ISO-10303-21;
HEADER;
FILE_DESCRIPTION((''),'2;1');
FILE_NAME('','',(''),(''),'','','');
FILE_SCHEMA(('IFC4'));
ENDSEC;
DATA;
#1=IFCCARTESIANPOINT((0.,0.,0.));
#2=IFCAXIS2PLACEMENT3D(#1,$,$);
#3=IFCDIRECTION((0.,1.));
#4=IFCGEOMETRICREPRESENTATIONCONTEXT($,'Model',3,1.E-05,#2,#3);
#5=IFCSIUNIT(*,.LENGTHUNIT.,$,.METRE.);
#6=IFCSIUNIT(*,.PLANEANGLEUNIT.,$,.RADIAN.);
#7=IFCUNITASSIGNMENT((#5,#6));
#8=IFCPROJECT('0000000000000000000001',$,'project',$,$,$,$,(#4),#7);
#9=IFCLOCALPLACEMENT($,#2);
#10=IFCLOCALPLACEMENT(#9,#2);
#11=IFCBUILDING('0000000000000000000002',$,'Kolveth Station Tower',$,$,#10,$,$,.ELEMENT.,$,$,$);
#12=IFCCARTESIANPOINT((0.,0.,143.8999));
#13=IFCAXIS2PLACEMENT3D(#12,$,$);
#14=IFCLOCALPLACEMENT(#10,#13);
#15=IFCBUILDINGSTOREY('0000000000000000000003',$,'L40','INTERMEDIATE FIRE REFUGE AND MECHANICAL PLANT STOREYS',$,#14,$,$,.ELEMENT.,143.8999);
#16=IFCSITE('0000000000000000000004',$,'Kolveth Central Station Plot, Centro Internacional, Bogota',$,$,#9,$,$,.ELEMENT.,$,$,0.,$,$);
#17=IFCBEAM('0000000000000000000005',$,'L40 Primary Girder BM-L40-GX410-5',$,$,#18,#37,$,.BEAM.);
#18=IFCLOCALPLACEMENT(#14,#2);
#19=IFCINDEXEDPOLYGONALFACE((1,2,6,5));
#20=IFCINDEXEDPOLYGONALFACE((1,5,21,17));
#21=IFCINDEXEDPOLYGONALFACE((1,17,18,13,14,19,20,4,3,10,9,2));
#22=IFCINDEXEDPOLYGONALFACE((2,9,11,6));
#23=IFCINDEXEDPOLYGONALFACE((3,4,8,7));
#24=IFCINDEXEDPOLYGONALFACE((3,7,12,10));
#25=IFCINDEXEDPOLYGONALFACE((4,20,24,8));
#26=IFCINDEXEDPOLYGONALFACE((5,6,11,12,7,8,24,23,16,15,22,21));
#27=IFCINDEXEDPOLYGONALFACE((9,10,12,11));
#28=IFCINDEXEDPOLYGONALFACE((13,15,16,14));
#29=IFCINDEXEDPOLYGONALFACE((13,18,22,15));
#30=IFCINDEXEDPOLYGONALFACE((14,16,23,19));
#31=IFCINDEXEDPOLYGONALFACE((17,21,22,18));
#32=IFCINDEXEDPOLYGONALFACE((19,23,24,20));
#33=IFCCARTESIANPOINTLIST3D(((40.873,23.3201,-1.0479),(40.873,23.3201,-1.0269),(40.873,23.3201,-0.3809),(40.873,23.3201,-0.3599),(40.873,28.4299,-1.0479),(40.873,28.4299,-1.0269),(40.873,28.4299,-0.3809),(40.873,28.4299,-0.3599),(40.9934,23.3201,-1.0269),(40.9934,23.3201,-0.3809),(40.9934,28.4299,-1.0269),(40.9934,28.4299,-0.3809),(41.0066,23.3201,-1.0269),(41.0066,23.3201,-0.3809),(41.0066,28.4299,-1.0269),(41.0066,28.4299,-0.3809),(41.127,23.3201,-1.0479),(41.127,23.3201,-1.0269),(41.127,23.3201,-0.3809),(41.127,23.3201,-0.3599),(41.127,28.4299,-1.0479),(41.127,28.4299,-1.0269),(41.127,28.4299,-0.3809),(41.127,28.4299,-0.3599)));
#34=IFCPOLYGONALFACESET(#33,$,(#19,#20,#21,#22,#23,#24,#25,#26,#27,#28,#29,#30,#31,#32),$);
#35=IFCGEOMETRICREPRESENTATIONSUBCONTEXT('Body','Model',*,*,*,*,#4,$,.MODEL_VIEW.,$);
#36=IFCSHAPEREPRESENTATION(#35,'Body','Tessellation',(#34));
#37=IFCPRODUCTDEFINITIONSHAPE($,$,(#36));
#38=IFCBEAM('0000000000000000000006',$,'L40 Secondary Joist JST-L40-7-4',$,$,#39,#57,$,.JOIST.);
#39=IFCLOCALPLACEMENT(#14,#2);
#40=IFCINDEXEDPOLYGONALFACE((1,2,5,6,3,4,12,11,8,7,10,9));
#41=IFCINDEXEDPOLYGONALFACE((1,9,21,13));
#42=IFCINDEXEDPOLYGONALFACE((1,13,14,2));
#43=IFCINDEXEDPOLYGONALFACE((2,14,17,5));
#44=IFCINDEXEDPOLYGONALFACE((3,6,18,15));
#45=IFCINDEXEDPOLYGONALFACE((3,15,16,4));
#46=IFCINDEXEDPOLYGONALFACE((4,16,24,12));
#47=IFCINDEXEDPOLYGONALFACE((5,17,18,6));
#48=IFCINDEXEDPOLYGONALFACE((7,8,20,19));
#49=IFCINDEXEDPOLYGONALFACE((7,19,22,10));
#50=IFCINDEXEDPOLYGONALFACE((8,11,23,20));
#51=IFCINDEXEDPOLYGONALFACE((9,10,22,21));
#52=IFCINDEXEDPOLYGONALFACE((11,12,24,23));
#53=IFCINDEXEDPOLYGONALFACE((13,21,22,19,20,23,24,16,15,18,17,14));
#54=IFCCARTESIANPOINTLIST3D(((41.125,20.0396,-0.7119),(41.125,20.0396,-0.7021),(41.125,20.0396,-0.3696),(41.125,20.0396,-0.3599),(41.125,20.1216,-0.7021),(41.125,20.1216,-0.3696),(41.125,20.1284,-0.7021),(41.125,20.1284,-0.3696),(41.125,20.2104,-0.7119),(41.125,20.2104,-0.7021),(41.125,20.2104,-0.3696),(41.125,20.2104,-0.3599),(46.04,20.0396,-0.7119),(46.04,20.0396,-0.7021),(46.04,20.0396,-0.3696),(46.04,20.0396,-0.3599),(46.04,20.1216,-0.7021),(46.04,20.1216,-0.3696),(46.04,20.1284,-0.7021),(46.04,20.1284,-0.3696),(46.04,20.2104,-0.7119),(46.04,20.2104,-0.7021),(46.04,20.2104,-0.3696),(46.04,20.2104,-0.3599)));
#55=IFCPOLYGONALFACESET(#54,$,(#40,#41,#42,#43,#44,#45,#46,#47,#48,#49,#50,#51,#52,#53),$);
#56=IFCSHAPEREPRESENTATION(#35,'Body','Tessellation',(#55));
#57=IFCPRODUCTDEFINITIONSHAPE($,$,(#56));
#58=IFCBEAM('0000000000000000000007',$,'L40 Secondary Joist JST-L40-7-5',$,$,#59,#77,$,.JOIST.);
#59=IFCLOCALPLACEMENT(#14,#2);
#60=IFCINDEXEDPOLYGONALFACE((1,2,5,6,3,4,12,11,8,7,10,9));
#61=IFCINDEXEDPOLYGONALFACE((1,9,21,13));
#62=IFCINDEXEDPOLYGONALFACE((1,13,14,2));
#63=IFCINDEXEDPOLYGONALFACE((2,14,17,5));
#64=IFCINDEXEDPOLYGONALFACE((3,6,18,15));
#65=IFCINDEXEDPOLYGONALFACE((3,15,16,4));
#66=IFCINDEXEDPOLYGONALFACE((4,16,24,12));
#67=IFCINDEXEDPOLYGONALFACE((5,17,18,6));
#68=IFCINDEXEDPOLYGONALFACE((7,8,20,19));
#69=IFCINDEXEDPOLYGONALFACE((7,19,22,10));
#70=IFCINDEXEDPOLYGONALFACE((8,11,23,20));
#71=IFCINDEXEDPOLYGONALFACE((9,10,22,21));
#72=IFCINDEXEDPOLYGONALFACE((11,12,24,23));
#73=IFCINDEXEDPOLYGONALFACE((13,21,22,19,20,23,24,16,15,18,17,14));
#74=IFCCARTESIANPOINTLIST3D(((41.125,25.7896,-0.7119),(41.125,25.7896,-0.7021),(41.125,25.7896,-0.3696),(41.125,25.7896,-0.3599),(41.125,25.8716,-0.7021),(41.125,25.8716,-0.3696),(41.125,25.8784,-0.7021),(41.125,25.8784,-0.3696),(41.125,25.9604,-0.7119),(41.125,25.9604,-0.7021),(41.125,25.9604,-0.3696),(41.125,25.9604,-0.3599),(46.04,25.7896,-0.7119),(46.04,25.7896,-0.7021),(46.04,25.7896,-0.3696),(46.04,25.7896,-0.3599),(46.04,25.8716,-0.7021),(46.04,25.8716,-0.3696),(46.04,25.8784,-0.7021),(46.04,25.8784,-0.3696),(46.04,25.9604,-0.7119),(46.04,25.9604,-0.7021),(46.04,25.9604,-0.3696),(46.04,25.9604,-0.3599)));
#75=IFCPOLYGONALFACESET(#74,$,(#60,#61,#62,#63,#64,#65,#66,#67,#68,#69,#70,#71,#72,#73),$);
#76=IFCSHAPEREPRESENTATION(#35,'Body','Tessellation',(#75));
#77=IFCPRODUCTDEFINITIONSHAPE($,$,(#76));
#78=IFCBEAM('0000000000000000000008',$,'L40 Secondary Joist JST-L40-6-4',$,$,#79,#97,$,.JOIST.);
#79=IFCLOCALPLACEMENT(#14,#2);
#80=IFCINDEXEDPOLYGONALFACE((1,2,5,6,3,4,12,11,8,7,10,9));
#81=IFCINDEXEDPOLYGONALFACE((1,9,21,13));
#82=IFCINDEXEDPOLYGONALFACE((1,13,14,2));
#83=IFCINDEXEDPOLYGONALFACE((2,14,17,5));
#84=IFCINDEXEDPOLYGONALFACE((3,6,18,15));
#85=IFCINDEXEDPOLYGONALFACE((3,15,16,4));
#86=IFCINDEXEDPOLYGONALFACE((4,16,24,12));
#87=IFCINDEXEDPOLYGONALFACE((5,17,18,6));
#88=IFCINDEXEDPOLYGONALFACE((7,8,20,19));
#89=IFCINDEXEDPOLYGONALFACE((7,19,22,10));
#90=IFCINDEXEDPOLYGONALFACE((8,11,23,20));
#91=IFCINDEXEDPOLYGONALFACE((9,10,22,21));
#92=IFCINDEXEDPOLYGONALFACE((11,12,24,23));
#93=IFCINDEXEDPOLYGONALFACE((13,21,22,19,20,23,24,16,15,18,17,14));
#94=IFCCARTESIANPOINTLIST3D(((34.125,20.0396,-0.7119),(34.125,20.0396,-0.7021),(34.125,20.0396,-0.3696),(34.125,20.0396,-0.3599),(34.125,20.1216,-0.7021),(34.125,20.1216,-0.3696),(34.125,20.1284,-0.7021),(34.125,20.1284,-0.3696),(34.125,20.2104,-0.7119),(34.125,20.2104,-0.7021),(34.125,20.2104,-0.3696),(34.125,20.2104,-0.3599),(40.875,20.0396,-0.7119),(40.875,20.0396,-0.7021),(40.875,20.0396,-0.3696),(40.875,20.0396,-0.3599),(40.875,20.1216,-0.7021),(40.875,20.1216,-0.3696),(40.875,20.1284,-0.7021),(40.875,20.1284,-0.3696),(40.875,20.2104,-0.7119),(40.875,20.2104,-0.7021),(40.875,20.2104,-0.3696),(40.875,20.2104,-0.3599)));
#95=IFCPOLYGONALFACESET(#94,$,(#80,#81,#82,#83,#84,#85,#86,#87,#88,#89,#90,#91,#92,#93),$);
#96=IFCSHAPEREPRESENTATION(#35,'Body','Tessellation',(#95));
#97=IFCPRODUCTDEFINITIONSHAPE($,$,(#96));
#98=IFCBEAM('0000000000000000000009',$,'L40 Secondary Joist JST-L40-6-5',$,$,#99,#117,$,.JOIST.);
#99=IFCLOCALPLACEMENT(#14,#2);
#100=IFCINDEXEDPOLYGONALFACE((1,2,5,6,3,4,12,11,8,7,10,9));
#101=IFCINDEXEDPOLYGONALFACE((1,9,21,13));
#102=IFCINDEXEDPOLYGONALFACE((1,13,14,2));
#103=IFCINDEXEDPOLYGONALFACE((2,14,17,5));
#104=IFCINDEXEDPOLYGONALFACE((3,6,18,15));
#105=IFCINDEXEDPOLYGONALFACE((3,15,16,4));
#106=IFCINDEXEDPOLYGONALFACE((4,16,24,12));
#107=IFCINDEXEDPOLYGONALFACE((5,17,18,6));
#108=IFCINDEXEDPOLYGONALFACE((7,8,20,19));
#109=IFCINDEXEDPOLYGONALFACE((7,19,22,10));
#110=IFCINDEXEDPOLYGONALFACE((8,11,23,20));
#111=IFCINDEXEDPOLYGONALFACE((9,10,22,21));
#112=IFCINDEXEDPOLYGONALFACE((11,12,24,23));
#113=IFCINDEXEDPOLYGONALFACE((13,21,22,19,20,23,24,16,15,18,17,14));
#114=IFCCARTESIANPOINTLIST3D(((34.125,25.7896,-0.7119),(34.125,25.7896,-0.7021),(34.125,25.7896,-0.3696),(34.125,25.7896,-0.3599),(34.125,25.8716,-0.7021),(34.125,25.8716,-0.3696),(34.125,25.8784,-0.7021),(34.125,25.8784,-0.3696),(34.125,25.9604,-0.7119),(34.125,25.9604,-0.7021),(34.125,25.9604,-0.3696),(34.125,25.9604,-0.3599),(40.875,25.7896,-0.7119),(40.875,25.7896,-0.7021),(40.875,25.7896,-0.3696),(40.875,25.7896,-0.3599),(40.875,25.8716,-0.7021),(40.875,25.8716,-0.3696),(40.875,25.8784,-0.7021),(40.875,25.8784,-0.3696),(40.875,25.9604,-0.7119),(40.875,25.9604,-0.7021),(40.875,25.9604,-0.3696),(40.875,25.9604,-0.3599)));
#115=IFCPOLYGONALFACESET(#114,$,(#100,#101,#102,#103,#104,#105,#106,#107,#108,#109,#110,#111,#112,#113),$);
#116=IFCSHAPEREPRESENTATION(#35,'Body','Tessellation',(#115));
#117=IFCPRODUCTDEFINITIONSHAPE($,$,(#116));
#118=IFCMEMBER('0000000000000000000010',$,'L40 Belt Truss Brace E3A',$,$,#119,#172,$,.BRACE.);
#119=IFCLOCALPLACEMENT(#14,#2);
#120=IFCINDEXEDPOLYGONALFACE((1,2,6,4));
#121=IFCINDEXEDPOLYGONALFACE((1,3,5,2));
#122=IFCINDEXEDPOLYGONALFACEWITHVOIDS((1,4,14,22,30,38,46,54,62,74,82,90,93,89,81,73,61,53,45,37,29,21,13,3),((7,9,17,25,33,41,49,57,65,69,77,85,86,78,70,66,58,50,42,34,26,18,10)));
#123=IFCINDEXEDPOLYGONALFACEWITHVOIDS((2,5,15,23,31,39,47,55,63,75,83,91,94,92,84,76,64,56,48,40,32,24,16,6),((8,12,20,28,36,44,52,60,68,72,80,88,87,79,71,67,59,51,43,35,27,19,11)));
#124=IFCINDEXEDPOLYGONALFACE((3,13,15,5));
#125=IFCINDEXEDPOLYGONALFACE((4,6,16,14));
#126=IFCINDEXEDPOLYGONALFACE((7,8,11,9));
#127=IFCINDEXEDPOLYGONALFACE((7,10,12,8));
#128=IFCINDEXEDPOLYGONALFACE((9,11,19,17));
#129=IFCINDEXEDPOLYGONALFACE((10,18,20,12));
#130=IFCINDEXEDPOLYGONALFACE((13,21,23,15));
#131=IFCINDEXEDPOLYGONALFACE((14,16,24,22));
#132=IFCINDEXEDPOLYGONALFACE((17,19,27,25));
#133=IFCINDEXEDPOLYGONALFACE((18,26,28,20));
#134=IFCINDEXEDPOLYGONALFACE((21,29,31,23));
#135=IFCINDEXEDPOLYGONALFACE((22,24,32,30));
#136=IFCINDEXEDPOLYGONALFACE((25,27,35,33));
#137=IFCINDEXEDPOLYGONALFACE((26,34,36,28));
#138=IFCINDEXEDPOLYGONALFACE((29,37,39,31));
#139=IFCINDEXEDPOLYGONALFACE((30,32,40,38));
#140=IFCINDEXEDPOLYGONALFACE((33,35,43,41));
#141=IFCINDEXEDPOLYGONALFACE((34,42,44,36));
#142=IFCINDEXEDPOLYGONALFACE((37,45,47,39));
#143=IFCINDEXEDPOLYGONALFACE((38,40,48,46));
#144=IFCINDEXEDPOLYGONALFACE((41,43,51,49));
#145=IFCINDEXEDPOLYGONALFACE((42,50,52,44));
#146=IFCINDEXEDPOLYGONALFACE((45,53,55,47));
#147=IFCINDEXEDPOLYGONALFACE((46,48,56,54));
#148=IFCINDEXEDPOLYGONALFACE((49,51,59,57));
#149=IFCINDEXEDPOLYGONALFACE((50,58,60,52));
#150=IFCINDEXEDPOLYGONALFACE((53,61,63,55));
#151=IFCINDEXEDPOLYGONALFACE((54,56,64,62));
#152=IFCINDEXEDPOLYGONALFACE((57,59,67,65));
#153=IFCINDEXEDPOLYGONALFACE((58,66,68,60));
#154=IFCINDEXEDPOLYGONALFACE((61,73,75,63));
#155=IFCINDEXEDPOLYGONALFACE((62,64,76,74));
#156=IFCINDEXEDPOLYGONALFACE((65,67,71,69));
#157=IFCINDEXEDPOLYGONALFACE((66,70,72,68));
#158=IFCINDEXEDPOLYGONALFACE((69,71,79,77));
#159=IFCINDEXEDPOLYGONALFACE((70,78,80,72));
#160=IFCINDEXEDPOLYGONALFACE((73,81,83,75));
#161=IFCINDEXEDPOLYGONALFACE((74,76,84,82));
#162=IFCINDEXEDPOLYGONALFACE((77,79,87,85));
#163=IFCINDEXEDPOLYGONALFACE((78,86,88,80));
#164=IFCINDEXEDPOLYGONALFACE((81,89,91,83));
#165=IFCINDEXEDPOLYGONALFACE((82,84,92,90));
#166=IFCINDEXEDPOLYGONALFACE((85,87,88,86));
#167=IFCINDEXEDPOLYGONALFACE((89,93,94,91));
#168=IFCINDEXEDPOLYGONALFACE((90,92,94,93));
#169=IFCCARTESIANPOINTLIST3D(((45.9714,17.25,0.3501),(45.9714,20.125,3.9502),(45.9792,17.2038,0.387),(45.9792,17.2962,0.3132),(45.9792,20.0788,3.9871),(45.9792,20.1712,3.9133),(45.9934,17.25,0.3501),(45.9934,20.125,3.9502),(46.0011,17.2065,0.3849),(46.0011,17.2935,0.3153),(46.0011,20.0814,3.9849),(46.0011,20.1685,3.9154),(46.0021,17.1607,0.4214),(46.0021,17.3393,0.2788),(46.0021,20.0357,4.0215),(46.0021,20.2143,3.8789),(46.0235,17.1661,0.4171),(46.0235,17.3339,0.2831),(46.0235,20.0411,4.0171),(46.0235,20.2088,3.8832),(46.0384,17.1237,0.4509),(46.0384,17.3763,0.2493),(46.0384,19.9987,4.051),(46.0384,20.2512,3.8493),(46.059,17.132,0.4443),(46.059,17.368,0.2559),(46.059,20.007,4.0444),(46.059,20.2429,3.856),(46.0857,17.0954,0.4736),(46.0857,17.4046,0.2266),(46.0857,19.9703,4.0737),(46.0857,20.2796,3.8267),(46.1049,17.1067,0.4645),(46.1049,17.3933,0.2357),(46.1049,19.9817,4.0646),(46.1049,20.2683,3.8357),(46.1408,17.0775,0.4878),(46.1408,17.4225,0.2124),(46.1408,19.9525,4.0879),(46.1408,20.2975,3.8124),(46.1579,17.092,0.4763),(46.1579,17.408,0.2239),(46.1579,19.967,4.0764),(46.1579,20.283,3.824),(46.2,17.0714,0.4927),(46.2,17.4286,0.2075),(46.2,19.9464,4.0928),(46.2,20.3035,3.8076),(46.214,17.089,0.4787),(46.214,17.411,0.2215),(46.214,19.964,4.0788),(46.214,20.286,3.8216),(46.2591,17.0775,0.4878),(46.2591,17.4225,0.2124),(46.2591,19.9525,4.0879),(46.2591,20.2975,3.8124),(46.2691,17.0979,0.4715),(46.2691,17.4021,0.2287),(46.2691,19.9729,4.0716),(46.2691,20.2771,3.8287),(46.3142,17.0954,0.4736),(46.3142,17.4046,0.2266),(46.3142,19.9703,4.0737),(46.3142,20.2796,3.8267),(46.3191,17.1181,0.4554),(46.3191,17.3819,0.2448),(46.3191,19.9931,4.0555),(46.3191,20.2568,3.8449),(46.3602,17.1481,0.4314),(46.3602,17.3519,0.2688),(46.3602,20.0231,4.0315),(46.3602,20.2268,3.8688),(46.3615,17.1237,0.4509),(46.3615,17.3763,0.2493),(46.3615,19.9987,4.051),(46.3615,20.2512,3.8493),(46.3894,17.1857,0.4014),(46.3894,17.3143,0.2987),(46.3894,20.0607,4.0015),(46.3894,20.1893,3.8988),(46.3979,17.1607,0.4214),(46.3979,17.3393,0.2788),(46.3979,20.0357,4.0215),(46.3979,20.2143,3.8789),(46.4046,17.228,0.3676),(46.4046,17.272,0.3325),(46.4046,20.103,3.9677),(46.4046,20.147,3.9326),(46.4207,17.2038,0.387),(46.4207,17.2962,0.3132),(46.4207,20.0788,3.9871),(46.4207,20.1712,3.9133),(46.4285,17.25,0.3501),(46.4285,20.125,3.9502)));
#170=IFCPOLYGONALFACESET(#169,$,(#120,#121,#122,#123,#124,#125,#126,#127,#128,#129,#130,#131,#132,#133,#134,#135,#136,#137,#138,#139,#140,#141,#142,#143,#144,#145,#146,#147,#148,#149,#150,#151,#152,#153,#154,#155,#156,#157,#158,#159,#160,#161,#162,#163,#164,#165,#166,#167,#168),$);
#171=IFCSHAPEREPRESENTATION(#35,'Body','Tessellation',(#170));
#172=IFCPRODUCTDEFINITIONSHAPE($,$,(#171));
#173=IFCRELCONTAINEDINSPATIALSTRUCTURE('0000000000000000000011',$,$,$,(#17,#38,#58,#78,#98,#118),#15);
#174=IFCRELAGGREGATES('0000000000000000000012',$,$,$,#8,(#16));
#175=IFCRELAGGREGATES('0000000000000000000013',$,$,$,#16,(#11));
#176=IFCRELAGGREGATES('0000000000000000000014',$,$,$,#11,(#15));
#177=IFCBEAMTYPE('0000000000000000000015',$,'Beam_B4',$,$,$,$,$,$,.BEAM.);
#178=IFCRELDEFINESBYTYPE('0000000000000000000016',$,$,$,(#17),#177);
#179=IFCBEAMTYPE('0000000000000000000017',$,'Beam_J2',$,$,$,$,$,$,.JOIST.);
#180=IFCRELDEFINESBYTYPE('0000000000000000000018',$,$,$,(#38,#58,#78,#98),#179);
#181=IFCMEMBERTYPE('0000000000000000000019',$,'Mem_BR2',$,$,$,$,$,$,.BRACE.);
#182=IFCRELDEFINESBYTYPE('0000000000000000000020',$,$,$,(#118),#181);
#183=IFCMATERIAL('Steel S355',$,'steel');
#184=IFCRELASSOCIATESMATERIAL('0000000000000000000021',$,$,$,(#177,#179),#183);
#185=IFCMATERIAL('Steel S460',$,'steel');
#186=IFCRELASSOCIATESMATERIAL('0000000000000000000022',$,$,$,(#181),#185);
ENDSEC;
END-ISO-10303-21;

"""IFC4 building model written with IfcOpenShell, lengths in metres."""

from ifc_helpers import new_model, si_unit, direction, frame, origin, origin_2d, place, context, subcontext, project, spatial, hollow_circle, i_section, extrude, source, transform, mapped, material, material_profile, profile_set, type_object, element, save


model = new_model("IFC4")

# Units and contexts
model_context = context("Model", 3, precision=1e-05, world=origin(), true_north=direction((0.0, 1.0)))
body_context = subcontext(model_context, "Body", "Model", "MODEL_VIEW")
ifc_project = project(units=[si_unit("LENGTHUNIT", "METRE"), si_unit("PLANEANGLEUNIT", "RADIAN")], contexts=[model_context])

# Site, building, storey
site_placement = place(None, origin())
site = spatial("IfcSite", under=ifc_project, at=site_placement, Name="Kolveth Central Station Plot, Centro Internacional, Bogota", CompositionType="ELEMENT", RefElevation=0.0)
building_placement = place(site_placement, origin())
building = spatial("IfcBuilding", under=site, at=building_placement, Name="Kolveth Station Tower", CompositionType="ELEMENT")
storey_placement = place(building_placement, frame((0.0, 0.0, 143.8999)))
storey = spatial("IfcBuildingStorey", under=building, at=storey_placement, Name="L40", Description="INTERMEDIATE FIRE REFUGE AND MECHANICAL PLANT STOREYS", CompositionType="ELEMENT", Elevation=143.8999)

# Shared definitions
ifc_material_1 = material(Name="Steel S460", Category="steel")

# Beams
ifc_material_2 = material(Name="Steel S355", Category="steel")
ifc_material_profile_1 = material_profile(ifc_material_2, i_section(OverallWidth=0.2539, OverallDepth=0.688, WebThickness=0.0132, FlangeThickness=0.021, at=origin_2d()), Name="W690x152")
ifc_profile_set_1 = profile_set([ifc_material_profile_1], Name="Steel S355")
beam_type_1 = type_object("IfcBeamType", Name="Beam_B4", PredefinedType="BEAM", material=ifc_profile_set_1)
shared_shape_1 = source(origin(), body_context, "Body", "SweptSolid", [
    extrude(i_section(OverallWidth=0.2539, OverallDepth=0.688, WebThickness=0.0132, FlangeThickness=0.021, at=origin_2d()), origin(), (0.0, 0.0, 1.0), 5.1099),
])
for number, where, z_axis, x_axis, name in (
    (1, (41.0, 23.3201, -0.7039), (0.0, 1.0, 0.0), (-1.0, 0.0, 0.0), "L40 Primary Girder BM-L40-GX410-5"),
):
    element("IfcBeam", number, at=place(storey_placement, frame(where, z_axis=z_axis, x_axis=x_axis)), inside=storey, type_object=beam_type_1, Name=name, PredefinedType="BEAM", context=body_context, shape_type="MappedRepresentation", body=[
        mapped(shared_shape_1, transform((0.0, 0.0, 0.0), x_axis=(1.0, 0.0, 0.0), y_axis=(0.0, 1.0, 0.0), z_axis=(0.0, 0.0, 1.0), scale=1.0)),
    ])
ifc_material_profile_2 = material_profile(ifc_material_2, i_section(OverallWidth=0.1709, OverallDepth=0.3521, WebThickness=0.0068, FlangeThickness=0.0098, at=origin_2d()), Name="W360x44")
ifc_profile_set_2 = profile_set([ifc_material_profile_2], Name="Steel S355")
beam_type_2 = type_object("IfcBeamType", Name="Beam_J2", PredefinedType="JOIST", material=ifc_profile_set_2)
shared_shape_2 = source(origin(), body_context, "Body", "SweptSolid", [
    extrude(i_section(OverallWidth=0.1709, OverallDepth=0.3521, WebThickness=0.0068, FlangeThickness=0.0098, at=origin_2d()), origin(), (0.0, 0.0, 1.0), 4.915),
])
for number, where, z_axis, x_axis, name in (
    (2, (41.125, 20.125, -0.5359), (1.0, 0.0, 0.0), (0.0, 1.0, 0.0), "L40 Secondary Joist JST-L40-7-4"),
    (3, (41.125, 25.875, -0.5359), (1.0, 0.0, 0.0), (0.0, 1.0, 0.0), "L40 Secondary Joist JST-L40-7-5"),
):
    element("IfcBeam", number, at=place(storey_placement, frame(where, z_axis=z_axis, x_axis=x_axis)), inside=storey, type_object=beam_type_2, Name=name, PredefinedType="JOIST", context=body_context, shape_type="MappedRepresentation", body=[
        mapped(shared_shape_2, transform((0.0, 0.0, 0.0), x_axis=(1.0, 0.0, 0.0), y_axis=(0.0, 1.0, 0.0), z_axis=(0.0, 0.0, 1.0), scale=1.0)),
    ])
shared_shape_3 = source(origin(), body_context, "Body", "SweptSolid", [
    extrude(i_section(OverallWidth=0.1709, OverallDepth=0.3521, WebThickness=0.0068, FlangeThickness=0.0098, at=origin_2d()), origin(), (0.0, 0.0, 1.0), 6.75),
])
for number, where, z_axis, x_axis, name in (
    (4, (34.125, 20.125, -0.5359), (1.0, 0.0, 0.0), (0.0, 1.0, 0.0), "L40 Secondary Joist JST-L40-6-4"),
    (5, (34.125, 25.875, -0.5359), (1.0, 0.0, 0.0), (0.0, 1.0, 0.0), "L40 Secondary Joist JST-L40-6-5"),
):
    element("IfcBeam", number, at=place(storey_placement, frame(where, z_axis=z_axis, x_axis=x_axis)), inside=storey, type_object=beam_type_2, Name=name, PredefinedType="JOIST", context=body_context, shape_type="MappedRepresentation", body=[
        mapped(shared_shape_3, transform((0.0, 0.0, 0.0), x_axis=(1.0, 0.0, 0.0), y_axis=(0.0, 1.0, 0.0), z_axis=(0.0, 0.0, 1.0), scale=1.0)),
    ])

# Member
ifc_material_profile_3 = material_profile(ifc_material_1, hollow_circle(Radius=0.2285, WallThickness=0.022, at=origin_2d()), Name="CHS457x22")
ifc_profile_set_3 = profile_set([ifc_material_profile_3], Name="Steel S460")
member_type_1 = type_object("IfcMemberType", Name="Mem_BR2", PredefinedType="BRACE", material=ifc_profile_set_3)
shared_shape_4 = source(origin(), body_context, "Body", "SweptSolid", [
    extrude(hollow_circle(Radius=0.2285, WallThickness=0.022, at=origin_2d()), origin(), (0.0, 0.0, 1.0), 4.6072),
])
for number, where, z_axis, x_axis, name in (
    (6, (46.2, 17.25, 0.3501), (0.0, 0.624023, 0.781406), (-1.0, 0.0, 0.0), "L40 Belt Truss Brace E3A"),
):
    element("IfcMember", number, at=place(storey_placement, frame(where, z_axis=z_axis, x_axis=x_axis)), inside=storey, type_object=member_type_1, Name=name, PredefinedType="BRACE", context=body_context, shape_type="MappedRepresentation", body=[
        mapped(shared_shape_4, transform((0.0, 0.0, 0.0), x_axis=(1.0, 0.0, 0.0), y_axis=(0.0, 1.0, 0.0), z_axis=(0.0, 0.0, 1.0), scale=1.0)),
    ])

save(model, "model.ifc")
